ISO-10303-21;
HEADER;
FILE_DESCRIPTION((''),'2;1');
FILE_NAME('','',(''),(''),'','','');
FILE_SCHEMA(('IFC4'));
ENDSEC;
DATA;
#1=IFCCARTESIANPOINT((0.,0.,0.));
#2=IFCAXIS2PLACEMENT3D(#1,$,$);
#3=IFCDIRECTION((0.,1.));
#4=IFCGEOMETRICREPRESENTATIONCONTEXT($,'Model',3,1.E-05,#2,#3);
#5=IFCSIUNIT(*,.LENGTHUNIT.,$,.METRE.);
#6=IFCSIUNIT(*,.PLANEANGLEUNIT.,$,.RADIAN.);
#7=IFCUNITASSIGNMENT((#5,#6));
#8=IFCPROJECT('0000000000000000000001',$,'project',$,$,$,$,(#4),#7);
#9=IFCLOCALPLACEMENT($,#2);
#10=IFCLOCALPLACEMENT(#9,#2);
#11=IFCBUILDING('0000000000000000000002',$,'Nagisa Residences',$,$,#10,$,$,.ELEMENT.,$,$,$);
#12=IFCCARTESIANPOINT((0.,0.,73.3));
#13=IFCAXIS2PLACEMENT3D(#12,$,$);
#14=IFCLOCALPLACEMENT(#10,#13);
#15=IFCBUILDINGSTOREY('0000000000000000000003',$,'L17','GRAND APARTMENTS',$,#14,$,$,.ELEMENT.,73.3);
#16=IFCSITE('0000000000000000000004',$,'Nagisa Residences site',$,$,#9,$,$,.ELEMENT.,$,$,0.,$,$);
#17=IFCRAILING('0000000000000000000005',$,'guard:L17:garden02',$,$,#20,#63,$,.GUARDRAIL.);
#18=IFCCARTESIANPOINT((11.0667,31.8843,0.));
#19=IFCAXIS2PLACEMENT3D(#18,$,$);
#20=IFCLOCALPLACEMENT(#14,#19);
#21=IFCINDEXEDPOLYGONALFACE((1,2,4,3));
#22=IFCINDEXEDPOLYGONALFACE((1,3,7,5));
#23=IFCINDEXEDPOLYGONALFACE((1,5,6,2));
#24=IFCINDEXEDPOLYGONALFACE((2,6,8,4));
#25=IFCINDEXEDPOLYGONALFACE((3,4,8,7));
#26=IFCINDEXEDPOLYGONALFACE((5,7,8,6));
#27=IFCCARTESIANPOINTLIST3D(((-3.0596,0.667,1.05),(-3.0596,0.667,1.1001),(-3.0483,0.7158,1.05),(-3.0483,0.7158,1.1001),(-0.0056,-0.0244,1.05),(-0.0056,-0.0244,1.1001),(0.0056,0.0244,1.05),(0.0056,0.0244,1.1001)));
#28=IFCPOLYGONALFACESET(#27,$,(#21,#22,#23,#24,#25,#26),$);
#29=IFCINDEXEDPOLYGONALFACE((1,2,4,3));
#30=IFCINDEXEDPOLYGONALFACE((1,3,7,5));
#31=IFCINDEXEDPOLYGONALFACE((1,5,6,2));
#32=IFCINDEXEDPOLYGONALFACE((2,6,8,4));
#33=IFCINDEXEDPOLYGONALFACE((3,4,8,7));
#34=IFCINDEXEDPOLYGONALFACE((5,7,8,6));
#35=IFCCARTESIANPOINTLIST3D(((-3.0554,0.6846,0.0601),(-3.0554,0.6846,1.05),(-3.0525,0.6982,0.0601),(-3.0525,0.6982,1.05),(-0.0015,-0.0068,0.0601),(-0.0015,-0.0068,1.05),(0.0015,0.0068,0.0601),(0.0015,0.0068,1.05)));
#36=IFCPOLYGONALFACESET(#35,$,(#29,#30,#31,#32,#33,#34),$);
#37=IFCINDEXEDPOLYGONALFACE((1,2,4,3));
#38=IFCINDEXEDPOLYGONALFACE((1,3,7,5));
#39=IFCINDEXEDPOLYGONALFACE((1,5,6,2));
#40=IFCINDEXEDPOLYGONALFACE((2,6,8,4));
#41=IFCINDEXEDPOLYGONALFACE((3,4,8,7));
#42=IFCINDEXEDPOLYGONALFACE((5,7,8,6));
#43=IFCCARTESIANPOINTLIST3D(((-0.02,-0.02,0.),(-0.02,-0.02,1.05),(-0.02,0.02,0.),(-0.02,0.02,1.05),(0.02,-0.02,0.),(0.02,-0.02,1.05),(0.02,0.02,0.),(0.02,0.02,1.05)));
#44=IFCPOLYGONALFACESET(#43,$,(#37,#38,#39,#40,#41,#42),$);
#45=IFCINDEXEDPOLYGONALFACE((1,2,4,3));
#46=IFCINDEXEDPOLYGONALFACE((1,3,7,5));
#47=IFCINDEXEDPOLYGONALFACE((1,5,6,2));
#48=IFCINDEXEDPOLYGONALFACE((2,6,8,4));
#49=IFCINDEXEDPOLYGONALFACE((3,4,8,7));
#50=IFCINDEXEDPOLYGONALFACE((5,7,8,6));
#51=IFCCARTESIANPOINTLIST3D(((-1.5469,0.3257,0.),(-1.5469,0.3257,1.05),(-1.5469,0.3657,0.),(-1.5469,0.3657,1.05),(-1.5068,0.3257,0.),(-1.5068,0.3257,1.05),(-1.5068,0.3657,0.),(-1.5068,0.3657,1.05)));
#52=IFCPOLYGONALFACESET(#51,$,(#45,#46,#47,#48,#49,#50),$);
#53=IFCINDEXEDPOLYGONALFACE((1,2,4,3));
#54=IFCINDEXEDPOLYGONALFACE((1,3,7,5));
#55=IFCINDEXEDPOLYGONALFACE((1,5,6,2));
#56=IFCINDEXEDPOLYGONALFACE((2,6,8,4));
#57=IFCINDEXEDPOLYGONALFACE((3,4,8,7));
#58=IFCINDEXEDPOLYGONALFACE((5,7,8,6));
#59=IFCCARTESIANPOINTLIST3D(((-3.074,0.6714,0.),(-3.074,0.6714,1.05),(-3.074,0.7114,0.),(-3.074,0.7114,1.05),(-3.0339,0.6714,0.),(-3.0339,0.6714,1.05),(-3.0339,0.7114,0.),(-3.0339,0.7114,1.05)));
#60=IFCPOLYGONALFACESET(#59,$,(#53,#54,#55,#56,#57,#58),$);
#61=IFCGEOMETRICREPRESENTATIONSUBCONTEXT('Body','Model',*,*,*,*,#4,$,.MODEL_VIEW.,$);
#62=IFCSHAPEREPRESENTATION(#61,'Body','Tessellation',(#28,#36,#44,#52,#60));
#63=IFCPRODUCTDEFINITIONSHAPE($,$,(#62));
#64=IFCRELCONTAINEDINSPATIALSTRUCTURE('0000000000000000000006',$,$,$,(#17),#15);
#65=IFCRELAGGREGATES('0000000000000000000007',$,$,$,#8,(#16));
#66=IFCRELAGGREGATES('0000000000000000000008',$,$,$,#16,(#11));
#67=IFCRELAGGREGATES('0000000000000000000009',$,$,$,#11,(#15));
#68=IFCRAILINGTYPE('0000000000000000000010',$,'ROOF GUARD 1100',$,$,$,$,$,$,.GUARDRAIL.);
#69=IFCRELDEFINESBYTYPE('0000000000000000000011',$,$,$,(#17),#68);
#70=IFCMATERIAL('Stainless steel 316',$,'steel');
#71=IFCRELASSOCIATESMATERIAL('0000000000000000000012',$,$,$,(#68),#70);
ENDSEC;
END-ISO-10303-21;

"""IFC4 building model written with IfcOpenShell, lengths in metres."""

from ifc_helpers import new_model, si_unit, direction, frame, origin, origin_2d, place, context, subcontext, project, spatial, polyline, rectangle, outline, extrude, material, type_object, element, save


model = new_model("IFC4")

# Units and contexts
model_context = context("Model", 3, precision=1e-05, world=origin(), true_north=direction((0.0, 1.0)))
body_context = subcontext(model_context, "Body", "Model", "MODEL_VIEW")
ifc_project = project(units=[si_unit("LENGTHUNIT", "METRE"), si_unit("PLANEANGLEUNIT", "RADIAN")], contexts=[model_context])

# Site, building, storey
site_placement = place(None, origin())
site = spatial("IfcSite", under=ifc_project, at=site_placement, Name="Nagisa Residences site", CompositionType="ELEMENT", RefElevation=0.0)
building_placement = place(site_placement, origin())
building = spatial("IfcBuilding", under=site, at=building_placement, Name="Nagisa Residences", CompositionType="ELEMENT")
storey_placement = place(building_placement, frame((0.0, 0.0, 73.3)))
storey = spatial("IfcBuildingStorey", under=building, at=storey_placement, Name="L17", Description="GRAND APARTMENTS", CompositionType="ELEMENT", Elevation=73.3)

# Railing
ifc_material_1 = material(Name="Stainless steel 316", Category="steel")
railing_type_1 = type_object("IfcRailingType", Name="ROOF GUARD 1100", PredefinedType="GUARDRAIL", material=ifc_material_1)
railing_1_placement = place(storey_placement, frame((11.0667, 31.8843, 0.0)))
element("IfcRailing", 1, at=railing_1_placement, inside=storey, type_object=railing_type_1, Name="guard:L17:garden02", PredefinedType="GUARDRAIL", context=body_context, shape_type="SweptSolid", body=[
    extrude(outline(polyline([(-3.0596, 0.667), (-0.0056, -0.0244), (0.0056, 0.0244), (-3.0483, 0.7158), (-3.0596, 0.667)])), frame((0.0, 0.0, 1.05)), (0.0, 0.0, 1.0), 0.05),
    extrude(outline(polyline([(-3.0554, 0.6846), (-0.0015, -0.0068), (0.0015, 0.0068), (-3.0525, 0.6982), (-3.0554, 0.6846)])), frame((0.0, 0.0, 0.0601)), (0.0, 0.0, 1.0), 0.99),
    extrude(rectangle(XDim=0.04, YDim=0.04, at=origin_2d()), origin(), (0.0, 0.0, 1.0), 1.05),
    extrude(rectangle(XDim=0.04, YDim=0.04, at=origin_2d()), frame((-1.5269, 0.3457, 0.0)), (0.0, 0.0, 1.0), 1.05),
    extrude(rectangle(XDim=0.04, YDim=0.04, at=origin_2d()), frame((-3.054, 0.6914, 0.0)), (0.0, 0.0, 1.0), 1.05),
])

save(model, "model.ifc")
